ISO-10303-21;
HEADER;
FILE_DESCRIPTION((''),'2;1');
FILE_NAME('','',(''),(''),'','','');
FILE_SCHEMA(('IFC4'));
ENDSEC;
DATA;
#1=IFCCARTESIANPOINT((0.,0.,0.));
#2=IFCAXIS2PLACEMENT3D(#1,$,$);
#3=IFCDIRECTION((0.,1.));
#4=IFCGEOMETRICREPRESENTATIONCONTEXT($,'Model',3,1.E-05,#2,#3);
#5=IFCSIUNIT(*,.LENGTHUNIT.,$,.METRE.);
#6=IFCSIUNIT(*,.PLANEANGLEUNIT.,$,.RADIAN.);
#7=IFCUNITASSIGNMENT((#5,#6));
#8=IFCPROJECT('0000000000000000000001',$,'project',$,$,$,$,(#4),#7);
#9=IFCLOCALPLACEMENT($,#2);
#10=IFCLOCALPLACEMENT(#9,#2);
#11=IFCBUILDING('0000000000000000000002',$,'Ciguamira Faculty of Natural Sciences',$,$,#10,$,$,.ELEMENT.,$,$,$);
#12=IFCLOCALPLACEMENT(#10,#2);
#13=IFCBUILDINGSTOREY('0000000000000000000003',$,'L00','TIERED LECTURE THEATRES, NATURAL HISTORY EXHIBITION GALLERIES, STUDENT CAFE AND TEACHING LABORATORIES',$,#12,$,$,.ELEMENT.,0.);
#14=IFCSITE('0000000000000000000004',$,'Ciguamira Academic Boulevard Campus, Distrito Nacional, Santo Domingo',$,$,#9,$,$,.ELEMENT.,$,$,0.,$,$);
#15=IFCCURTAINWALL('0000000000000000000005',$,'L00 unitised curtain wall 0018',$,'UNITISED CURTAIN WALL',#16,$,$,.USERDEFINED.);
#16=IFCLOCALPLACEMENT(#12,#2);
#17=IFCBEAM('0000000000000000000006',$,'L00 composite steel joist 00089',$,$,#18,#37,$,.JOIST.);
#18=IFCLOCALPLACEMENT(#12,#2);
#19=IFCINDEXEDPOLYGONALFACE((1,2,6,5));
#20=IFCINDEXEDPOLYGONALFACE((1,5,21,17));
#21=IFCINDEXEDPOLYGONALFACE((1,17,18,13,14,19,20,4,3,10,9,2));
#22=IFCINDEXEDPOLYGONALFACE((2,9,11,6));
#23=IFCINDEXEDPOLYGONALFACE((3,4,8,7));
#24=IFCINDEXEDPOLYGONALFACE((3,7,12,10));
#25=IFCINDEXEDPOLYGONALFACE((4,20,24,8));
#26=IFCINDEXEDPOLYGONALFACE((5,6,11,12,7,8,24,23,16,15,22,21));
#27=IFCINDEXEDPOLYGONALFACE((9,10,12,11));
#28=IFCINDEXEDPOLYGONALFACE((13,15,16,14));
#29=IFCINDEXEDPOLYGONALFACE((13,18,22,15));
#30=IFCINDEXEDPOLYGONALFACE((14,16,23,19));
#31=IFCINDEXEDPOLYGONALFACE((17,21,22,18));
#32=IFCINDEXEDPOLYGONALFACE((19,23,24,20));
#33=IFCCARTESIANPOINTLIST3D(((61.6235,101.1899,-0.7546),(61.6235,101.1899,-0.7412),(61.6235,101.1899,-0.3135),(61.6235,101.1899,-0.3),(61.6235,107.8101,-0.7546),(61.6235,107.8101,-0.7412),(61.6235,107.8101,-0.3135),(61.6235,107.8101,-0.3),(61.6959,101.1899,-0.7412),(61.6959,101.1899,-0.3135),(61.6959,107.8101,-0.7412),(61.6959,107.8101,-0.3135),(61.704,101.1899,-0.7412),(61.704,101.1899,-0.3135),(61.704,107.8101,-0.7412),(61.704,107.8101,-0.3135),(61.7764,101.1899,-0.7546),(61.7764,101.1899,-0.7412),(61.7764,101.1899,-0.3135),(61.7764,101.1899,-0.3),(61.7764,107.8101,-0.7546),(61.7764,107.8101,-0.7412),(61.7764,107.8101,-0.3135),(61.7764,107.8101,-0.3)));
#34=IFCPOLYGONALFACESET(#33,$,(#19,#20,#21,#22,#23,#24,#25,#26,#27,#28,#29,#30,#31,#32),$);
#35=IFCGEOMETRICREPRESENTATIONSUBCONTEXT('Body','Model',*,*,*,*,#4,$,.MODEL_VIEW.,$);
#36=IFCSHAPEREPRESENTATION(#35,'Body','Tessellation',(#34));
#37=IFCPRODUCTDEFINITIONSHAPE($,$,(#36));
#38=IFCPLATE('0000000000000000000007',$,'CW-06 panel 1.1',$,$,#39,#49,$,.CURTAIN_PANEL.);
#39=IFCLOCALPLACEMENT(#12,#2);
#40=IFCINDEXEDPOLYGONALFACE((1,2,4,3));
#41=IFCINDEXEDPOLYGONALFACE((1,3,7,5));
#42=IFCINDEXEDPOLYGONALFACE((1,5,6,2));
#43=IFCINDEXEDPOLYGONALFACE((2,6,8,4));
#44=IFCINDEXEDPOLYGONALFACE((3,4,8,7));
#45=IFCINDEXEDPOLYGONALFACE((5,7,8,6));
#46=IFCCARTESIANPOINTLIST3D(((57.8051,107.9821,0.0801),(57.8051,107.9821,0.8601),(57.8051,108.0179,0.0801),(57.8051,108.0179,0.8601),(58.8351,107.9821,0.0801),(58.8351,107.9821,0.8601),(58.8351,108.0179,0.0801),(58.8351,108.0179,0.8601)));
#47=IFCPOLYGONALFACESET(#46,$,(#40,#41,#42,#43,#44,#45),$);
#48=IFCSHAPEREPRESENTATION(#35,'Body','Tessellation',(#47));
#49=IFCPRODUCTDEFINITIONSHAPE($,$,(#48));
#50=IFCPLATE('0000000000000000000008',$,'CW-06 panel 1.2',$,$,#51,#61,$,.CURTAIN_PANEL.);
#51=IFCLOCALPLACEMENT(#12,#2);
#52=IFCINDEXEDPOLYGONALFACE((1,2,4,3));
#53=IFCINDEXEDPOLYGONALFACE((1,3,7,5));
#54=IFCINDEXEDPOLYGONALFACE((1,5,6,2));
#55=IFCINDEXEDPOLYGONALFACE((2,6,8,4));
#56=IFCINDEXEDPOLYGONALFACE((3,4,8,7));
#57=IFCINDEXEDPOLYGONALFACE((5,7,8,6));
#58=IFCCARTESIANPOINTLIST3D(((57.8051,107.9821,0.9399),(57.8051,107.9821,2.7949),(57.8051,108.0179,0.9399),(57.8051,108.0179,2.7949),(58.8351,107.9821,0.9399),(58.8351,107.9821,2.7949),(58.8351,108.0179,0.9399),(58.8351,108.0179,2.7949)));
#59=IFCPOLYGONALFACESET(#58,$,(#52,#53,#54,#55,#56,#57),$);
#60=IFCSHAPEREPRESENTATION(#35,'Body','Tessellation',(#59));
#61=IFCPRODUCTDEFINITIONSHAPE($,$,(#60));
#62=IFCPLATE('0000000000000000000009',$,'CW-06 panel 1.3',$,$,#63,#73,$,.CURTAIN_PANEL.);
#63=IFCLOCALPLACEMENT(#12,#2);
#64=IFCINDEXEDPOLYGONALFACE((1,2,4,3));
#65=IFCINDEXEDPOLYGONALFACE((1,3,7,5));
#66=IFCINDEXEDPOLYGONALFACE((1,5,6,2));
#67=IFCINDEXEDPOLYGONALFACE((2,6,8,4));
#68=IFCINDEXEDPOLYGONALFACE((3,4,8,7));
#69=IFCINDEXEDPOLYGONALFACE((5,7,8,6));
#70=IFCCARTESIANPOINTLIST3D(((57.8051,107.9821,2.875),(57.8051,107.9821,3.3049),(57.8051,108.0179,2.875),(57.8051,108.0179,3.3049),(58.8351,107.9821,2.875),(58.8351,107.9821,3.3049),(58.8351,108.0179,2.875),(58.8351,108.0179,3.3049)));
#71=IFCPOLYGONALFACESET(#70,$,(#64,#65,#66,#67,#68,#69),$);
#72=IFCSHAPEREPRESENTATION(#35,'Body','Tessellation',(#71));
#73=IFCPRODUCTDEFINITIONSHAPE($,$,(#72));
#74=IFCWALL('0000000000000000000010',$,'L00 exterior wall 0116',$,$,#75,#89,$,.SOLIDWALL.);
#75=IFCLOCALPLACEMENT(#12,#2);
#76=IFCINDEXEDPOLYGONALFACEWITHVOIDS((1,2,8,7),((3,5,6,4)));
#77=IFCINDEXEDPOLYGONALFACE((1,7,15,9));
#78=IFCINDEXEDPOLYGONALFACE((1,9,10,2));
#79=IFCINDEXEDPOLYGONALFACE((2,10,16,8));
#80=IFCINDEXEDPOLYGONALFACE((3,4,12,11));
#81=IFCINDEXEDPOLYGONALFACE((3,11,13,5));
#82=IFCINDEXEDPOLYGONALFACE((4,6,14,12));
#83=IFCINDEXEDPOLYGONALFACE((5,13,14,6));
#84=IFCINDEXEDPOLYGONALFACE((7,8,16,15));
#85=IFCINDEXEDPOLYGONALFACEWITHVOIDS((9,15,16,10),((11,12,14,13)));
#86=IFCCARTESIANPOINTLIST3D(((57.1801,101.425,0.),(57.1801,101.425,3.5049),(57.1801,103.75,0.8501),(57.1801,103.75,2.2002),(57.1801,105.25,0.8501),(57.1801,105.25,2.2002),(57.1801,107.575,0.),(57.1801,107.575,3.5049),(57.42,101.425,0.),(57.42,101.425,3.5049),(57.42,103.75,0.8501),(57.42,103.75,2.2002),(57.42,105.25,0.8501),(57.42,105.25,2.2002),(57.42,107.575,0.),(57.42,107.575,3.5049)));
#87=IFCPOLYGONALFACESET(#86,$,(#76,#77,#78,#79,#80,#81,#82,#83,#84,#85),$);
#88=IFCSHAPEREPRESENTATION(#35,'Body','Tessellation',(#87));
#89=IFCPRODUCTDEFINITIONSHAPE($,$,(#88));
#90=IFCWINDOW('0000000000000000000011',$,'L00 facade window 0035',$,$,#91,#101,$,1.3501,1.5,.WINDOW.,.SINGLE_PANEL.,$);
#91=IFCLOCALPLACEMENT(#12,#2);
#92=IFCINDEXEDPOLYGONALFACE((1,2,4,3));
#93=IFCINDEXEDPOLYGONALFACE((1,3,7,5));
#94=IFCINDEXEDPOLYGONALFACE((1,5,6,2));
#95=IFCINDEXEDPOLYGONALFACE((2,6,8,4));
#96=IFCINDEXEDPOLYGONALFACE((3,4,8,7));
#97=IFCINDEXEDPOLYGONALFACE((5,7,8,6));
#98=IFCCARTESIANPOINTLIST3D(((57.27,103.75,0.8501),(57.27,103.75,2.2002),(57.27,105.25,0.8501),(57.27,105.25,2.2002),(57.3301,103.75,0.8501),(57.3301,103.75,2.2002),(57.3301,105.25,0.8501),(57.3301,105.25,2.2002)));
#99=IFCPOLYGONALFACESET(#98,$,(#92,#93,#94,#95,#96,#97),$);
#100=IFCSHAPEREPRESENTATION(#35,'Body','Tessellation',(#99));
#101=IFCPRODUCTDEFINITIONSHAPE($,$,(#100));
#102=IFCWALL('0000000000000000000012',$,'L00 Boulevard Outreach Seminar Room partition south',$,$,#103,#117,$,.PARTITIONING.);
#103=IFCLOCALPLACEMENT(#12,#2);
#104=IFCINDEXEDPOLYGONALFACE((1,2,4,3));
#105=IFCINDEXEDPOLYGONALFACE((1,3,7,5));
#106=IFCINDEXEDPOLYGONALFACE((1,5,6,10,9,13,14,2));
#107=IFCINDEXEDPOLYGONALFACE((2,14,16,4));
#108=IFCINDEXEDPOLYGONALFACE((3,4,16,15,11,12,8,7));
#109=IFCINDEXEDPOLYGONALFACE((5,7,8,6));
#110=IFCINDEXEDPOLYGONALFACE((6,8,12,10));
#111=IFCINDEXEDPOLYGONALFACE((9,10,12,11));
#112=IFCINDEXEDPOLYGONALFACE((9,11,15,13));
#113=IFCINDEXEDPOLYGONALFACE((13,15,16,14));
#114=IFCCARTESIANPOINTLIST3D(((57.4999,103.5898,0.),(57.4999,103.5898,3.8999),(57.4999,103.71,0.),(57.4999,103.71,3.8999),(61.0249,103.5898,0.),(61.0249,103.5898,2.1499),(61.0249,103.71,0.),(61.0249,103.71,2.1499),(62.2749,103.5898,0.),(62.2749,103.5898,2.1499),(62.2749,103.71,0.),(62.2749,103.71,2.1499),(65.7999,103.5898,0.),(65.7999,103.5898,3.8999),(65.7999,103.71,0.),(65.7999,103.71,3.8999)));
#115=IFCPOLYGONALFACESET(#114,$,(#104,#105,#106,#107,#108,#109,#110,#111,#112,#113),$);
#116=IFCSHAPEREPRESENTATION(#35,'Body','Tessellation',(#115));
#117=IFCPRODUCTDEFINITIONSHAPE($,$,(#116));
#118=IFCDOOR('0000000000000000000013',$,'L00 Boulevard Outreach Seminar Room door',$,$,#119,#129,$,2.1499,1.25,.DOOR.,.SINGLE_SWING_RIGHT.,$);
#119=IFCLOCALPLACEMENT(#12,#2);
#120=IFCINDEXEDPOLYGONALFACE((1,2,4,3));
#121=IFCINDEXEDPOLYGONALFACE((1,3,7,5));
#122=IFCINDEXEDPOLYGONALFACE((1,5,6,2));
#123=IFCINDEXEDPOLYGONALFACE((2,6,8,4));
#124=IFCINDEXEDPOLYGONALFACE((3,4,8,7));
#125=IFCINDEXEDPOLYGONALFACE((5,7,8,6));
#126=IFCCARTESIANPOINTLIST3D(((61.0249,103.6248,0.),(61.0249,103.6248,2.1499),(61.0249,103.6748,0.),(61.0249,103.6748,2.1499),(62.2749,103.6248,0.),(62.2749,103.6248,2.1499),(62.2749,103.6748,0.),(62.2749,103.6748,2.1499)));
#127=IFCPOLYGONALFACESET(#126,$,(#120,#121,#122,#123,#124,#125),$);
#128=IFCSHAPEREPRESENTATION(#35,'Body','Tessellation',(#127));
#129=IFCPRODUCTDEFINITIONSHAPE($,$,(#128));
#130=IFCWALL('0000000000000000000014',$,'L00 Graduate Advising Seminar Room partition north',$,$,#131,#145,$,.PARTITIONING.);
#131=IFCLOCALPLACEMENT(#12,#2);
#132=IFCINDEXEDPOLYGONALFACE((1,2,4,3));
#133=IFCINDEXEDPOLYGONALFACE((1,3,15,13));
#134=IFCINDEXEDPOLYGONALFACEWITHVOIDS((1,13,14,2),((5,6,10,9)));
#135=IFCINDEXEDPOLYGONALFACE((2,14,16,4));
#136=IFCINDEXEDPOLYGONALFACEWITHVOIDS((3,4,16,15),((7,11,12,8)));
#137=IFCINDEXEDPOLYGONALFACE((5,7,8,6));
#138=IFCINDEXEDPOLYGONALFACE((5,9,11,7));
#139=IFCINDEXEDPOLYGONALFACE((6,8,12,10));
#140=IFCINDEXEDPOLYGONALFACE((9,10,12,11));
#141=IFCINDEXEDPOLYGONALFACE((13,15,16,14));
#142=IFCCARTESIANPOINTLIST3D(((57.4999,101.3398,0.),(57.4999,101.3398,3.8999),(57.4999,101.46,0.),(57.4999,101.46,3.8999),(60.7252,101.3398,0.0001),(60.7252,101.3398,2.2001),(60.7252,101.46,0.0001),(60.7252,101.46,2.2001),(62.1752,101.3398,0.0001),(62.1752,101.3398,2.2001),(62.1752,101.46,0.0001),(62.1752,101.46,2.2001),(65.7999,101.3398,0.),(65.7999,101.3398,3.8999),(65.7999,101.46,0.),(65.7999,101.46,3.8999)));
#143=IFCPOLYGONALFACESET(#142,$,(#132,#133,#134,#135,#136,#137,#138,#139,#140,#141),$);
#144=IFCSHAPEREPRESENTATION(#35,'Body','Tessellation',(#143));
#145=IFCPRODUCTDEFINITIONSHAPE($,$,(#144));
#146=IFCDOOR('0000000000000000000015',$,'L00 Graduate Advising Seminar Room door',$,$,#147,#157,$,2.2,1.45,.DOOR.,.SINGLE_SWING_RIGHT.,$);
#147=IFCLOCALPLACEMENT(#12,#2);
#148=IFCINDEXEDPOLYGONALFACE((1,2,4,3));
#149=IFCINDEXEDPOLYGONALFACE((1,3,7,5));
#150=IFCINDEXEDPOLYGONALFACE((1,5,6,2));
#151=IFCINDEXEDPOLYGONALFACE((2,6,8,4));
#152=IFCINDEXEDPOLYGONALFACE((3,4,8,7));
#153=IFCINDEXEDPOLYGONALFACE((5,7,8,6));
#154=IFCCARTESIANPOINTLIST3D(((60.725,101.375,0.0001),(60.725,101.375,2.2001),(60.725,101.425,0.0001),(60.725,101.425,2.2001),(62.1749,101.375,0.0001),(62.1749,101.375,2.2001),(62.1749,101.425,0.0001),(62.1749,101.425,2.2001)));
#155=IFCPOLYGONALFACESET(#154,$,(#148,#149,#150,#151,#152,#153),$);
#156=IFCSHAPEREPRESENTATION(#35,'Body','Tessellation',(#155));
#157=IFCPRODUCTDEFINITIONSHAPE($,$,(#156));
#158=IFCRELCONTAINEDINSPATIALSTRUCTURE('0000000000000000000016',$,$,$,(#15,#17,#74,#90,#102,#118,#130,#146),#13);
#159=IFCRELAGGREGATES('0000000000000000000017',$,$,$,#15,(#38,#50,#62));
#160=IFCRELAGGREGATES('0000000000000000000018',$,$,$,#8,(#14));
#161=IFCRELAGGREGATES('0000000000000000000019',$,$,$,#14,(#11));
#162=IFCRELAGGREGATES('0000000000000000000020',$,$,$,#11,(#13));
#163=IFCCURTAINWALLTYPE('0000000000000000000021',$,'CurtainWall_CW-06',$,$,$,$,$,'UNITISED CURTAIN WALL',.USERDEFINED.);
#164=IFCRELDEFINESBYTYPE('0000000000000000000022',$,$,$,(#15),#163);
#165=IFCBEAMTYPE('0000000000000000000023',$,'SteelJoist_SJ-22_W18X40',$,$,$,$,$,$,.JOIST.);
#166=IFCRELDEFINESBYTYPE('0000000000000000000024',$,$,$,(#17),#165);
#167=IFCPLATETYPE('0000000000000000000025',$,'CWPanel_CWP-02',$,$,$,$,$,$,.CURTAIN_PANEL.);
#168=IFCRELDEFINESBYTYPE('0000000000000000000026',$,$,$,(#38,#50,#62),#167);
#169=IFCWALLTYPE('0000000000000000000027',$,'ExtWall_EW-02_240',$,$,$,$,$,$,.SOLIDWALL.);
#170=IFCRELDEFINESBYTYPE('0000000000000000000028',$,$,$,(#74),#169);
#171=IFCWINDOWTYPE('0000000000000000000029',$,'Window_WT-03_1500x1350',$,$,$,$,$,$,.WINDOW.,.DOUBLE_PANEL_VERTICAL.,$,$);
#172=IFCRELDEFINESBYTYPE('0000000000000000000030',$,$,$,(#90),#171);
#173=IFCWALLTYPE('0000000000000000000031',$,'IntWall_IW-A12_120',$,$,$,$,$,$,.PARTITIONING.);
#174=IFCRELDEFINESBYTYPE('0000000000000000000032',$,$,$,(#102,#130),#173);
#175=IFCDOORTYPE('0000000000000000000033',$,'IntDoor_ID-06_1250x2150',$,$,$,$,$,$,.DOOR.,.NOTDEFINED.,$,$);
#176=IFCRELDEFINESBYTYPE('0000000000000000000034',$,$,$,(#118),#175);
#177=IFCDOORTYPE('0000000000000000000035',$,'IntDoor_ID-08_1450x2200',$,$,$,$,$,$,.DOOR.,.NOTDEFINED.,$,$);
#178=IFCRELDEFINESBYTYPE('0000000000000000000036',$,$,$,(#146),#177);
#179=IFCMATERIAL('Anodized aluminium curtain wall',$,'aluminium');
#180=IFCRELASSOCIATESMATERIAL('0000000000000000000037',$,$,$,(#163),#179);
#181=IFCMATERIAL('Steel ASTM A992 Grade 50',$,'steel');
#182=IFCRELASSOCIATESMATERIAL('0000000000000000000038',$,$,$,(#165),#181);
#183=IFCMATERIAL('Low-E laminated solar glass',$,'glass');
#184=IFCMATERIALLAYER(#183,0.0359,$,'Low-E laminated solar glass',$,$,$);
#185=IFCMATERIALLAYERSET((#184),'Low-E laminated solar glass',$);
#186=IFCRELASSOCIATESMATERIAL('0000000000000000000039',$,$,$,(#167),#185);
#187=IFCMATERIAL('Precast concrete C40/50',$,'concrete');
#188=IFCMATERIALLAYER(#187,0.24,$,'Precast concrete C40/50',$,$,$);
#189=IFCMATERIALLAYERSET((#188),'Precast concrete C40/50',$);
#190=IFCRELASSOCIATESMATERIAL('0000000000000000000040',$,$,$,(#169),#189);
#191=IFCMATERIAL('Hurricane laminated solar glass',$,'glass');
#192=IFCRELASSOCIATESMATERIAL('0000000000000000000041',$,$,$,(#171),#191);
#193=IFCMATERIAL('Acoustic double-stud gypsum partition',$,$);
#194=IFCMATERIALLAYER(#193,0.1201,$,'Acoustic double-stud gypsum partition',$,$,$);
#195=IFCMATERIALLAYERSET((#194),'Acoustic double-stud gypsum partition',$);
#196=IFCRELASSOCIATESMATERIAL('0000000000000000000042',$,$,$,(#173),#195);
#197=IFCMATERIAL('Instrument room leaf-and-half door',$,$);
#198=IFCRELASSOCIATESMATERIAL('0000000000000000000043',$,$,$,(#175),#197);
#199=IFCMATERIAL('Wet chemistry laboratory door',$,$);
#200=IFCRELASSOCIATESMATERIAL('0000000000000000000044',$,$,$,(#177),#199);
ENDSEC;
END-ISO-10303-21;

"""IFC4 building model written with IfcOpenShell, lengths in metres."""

from ifc_helpers import new_model, si_unit, direction, frame, frame_2d, origin, origin_2d, place, context, subcontext, project, spatial, rectangle, i_section, extrude, material, layer, layer_set, material_profile, profile_set, type_object, element, fill, aggregate, save


model = new_model("IFC4")

# Units and contexts
model_context = context("Model", 3, precision=1e-05, world=origin(), true_north=direction((0.0, 1.0)))
body_context = subcontext(model_context, "Body", "Model", "MODEL_VIEW")
ifc_project = project(units=[si_unit("LENGTHUNIT", "METRE"), si_unit("PLANEANGLEUNIT", "RADIAN")], contexts=[model_context])

# Site, building, storey
site_placement = place(None, origin())
site = spatial("IfcSite", under=ifc_project, at=site_placement, Name="Ciguamira Academic Boulevard Campus, Distrito Nacional, Santo Domingo", CompositionType="ELEMENT", RefElevation=0.0)
building_placement = place(site_placement, origin())
building = spatial("IfcBuilding", under=site, at=building_placement, Name="Ciguamira Faculty of Natural Sciences", CompositionType="ELEMENT")
storey_placement = place(building_placement, origin())
storey = spatial("IfcBuildingStorey", under=building, at=storey_placement, Name="L00", Description="TIERED LECTURE THEATRES, NATURAL HISTORY EXHIBITION GALLERIES, STUDENT CAFE AND TEACHING LABORATORIES", CompositionType="ELEMENT", Elevation=0.0)

# Curtain wall
ifc_material_1 = material(Name="Anodized aluminium curtain wall", Category="aluminium")
curtain_wall_type = type_object("IfcCurtainWallType", Name="CurtainWall_CW-06", ElementType="UNITISED CURTAIN WALL", PredefinedType="USERDEFINED", material=ifc_material_1)
curtain_wall_placement = place(storey_placement, origin())
curtain_wall = element("IfcCurtainWall", 1, at=curtain_wall_placement, inside=storey, type_object=curtain_wall_type, Name="L00 unitised curtain wall 0018", ObjectType="UNITISED CURTAIN WALL", PredefinedType="USERDEFINED")

# Beam
ifc_material_2 = material(Name="Precast concrete C40/50", Category="concrete")
ifc_material_3 = material(Name="Steel ASTM A992 Grade 50", Category="steel")
ifc_material_profile_1 = material_profile(ifc_material_3, i_section(OverallWidth=0.1528, OverallDepth=0.4546, WebThickness=0.0081, FlangeThickness=0.0134, at=origin_2d()), Name="W18X40")
ifc_profile_set_1 = profile_set([ifc_material_profile_1], Name="Steel ASTM A992 Grade 50")
beam_type_1 = type_object("IfcBeamType", Name="SteelJoist_SJ-22_W18X40", PredefinedType="JOIST", material=ifc_profile_set_1)
beam_1_placement = place(storey_placement, frame((61.7, 101.1899, -0.5273), z_axis=(0.0, 1.0, 0.0), x_axis=(-1.0, 0.0, 0.0)))
element("IfcBeam", 2, at=beam_1_placement, inside=storey, type_object=beam_type_1, Name="L00 composite steel joist 00089", PredefinedType="JOIST", context=body_context, shape_type="SweptSolid", body=[
    extrude(i_section(OverallWidth=0.1528, OverallDepth=0.4546, WebThickness=0.0081, FlangeThickness=0.0134, at=origin_2d()), origin(), (0.0, 0.0, 1.0), 6.6201),
])

# Plates
ifc_material_4 = material(Name="Low-E laminated solar glass", Category="glass")
ifc_layer_1 = layer(ifc_material_4, 0.0359, Name="Low-E laminated solar glass")
ifc_layer_set_1 = layer_set([ifc_layer_1], Name="Low-E laminated solar glass")
plate_type = type_object("IfcPlateType", Name="CWPanel_CWP-02", PredefinedType="CURTAIN_PANEL", material=ifc_layer_set_1)
plate_1_placement = place(storey_placement, frame((58.3201, 108.0, 0.0801), z_axis=(0.0, 0.0, 1.0), x_axis=(1.0, 0.0, 0.0)))
plate_1 = element("IfcPlate", 3, at=plate_1_placement, type_object=plate_type, Name="CW-06 panel 1.1", PredefinedType="CURTAIN_PANEL", context=body_context, shape_type="SweptSolid", body=[
    extrude(rectangle(XDim=1.03, YDim=0.0359, at=origin_2d()), origin(), (0.0, 0.0, 1.0), 0.78),
])
plate_2_placement = place(storey_placement, frame((58.3201, 108.0, 0.9399), z_axis=(0.0, 0.0, 1.0), x_axis=(1.0, 0.0, 0.0)))
plate_2 = element("IfcPlate", 4, at=plate_2_placement, type_object=plate_type, Name="CW-06 panel 1.2", PredefinedType="CURTAIN_PANEL", context=body_context, shape_type="SweptSolid", body=[
    extrude(rectangle(XDim=1.03, YDim=0.0359, at=origin_2d()), origin(), (0.0, 0.0, 1.0), 1.855),
])
plate_3_placement = place(storey_placement, frame((58.3201, 108.0, 2.875), z_axis=(0.0, 0.0, 1.0), x_axis=(1.0, 0.0, 0.0)))
plate_3 = element("IfcPlate", 5, at=plate_3_placement, type_object=plate_type, Name="CW-06 panel 1.3", PredefinedType="CURTAIN_PANEL", context=body_context, shape_type="SweptSolid", body=[
    extrude(rectangle(XDim=1.03, YDim=0.0359, at=origin_2d()), origin(), (0.0, 0.0, 1.0), 0.4299),
])
aggregate(curtain_wall, [plate_1, plate_2, plate_3])

# Wall, opening, window
ifc_layer_2 = layer(ifc_material_2, 0.24, Name="Precast concrete C40/50")
ifc_layer_set_2 = layer_set([ifc_layer_2], Name="Precast concrete C40/50")
wall_type_1 = type_object("IfcWallType", Name="ExtWall_EW-02_240", PredefinedType="SOLIDWALL", material=ifc_layer_set_2)
wall_1_placement = place(storey_placement, frame((57.3, 101.425, 0.0), z_axis=(0.0, 0.0, 1.0), x_axis=(0.0, 1.0, 0.0)))
wall_1 = element("IfcWall", 6, at=wall_1_placement, inside=storey, type_object=wall_type_1, Name="L00 exterior wall 0116", PredefinedType="SOLIDWALL", context=body_context, shape_type="SweptSolid", body=[
    extrude(rectangle(XDim=6.1499, YDim=0.24, at=frame_2d((3.075, 0.0))), origin(), (0.0, 0.0, 1.0), 3.5049),
])
opening_1_placement = place(wall_1_placement, frame((2.325, 0.0, 0.8501)))
opening_1 = element("IfcOpeningElement", 7, at=opening_1_placement, cuts=wall_1, PredefinedType="OPENING", context=body_context, shape_type="SweptSolid", body=[
    extrude(rectangle(XDim=1.5, YDim=1.3501, at=frame_2d((0.75, 0.675))), frame((0.0, 0.1299, 0.0), z_axis=(0.0, -1.0, 0.0), x_axis=(1.0, 0.0, 0.0)), (0.0, 0.0, 1.0), 0.26),
])
ifc_material_5 = material(Name="Hurricane laminated solar glass", Category="glass")
window_type = type_object("IfcWindowType", Name="Window_WT-03_1500x1350", PartitioningType="DOUBLE_PANEL_VERTICAL", PredefinedType="WINDOW", material=ifc_material_5)
window_placement = place(opening_1_placement, origin())
window = element("IfcWindow", 8, at=window_placement, inside=storey, type_object=window_type, Name="L00 facade window 0035", OverallHeight=1.3501, OverallWidth=1.5, PartitioningType="SINGLE_PANEL", PredefinedType="WINDOW", context=body_context, shape_type="SweptSolid", body=[
    extrude(rectangle(XDim=1.5, YDim=1.3501, at=frame_2d((0.75, 0.675))), frame((0.0, 0.03, 0.0), z_axis=(0.0, -1.0, 0.0), x_axis=(1.0, 0.0, 0.0)), (0.0, 0.0, 1.0), 0.0601),
])
fill(opening_1, window)

# Walls, openings, doors
ifc_material_6 = material(Name="Acoustic double-stud gypsum partition")
ifc_layer_3 = layer(ifc_material_6, 0.1201, Name="Acoustic double-stud gypsum partition")
ifc_layer_set_3 = layer_set([ifc_layer_3], Name="Acoustic double-stud gypsum partition")
wall_type_2 = type_object("IfcWallType", Name="IntWall_IW-A12_120", PredefinedType="PARTITIONING", material=ifc_layer_set_3)
wall_2_placement = place(storey_placement, frame((57.5, 103.6499, 0.0), z_axis=(0.0, 0.0, 1.0), x_axis=(1.0, 0.0, 0.0)))
wall_2 = element("IfcWall", 9, at=wall_2_placement, inside=storey, type_object=wall_type_2, Name="L00 Boulevard Outreach Seminar Room partition south", PredefinedType="PARTITIONING", context=body_context, shape_type="SweptSolid", body=[
    extrude(rectangle(XDim=8.3, YDim=0.1201, at=frame_2d((4.1499, 0.0))), origin(), (0.0, 0.0, 1.0), 3.8999),
])
opening_2_placement = place(wall_2_placement, frame((3.5249, 0.0, 0.0)))
opening_2 = element("IfcOpeningElement", 10, at=opening_2_placement, cuts=wall_2, PredefinedType="OPENING", context=body_context, shape_type="SweptSolid", body=[
    extrude(rectangle(XDim=1.25, YDim=2.1499, at=frame_2d((0.625, 1.075))), frame((0.0, 0.0701, 0.0), z_axis=(0.0, -1.0, 0.0), x_axis=(1.0, 0.0, 0.0)), (0.0, 0.0, 1.0), 0.1401),
])
ifc_material_7 = material(Name="Instrument room leaf-and-half door")
door_type_1 = type_object("IfcDoorType", Name="IntDoor_ID-06_1250x2150", OperationType="NOTDEFINED", PredefinedType="DOOR", material=ifc_material_7)
door_1_placement = place(opening_2_placement, origin())
door_1 = element("IfcDoor", 11, at=door_1_placement, inside=storey, type_object=door_type_1, Name="L00 Boulevard Outreach Seminar Room door", OperationType="SINGLE_SWING_RIGHT", OverallHeight=2.1499, OverallWidth=1.25, PredefinedType="DOOR", context=body_context, shape_type="SweptSolid", body=[
    extrude(rectangle(XDim=1.25, YDim=2.1499, at=frame_2d((0.625, 1.075))), frame((0.0, 0.0249, 0.0), z_axis=(0.0, -1.0, 0.0), x_axis=(1.0, 0.0, 0.0)), (0.0, 0.0, 1.0), 0.05),
])
fill(opening_2, door_1)
wall_3_placement = place(storey_placement, frame((57.5, 101.3999, 0.0), z_axis=(0.0, 0.0, 1.0), x_axis=(1.0, 0.0, 0.0)))
wall_3 = element("IfcWall", 12, at=wall_3_placement, inside=storey, type_object=wall_type_2, Name="L00 Graduate Advising Seminar Room partition north", PredefinedType="PARTITIONING", context=body_context, shape_type="SweptSolid", body=[
    extrude(rectangle(XDim=8.3, YDim=0.1201, at=frame_2d((4.1499, 0.0))), origin(), (0.0, 0.0, 1.0), 3.8999),
])
opening_3_placement = place(wall_3_placement, frame((3.2251, 0.0, 0.0)))
opening_3 = element("IfcOpeningElement", 13, at=opening_3_placement, cuts=wall_3, PredefinedType="OPENING", context=body_context, shape_type="SweptSolid", body=[
    extrude(rectangle(XDim=1.45, YDim=2.2, at=frame_2d((0.7251, 1.1001))), frame((0.0, 0.0701, 0.0), z_axis=(0.0, -1.0, 0.0), x_axis=(1.0, 0.0, 0.0)), (0.0, 0.0, 1.0), 0.1401),
])
ifc_material_8 = material(Name="Wet chemistry laboratory door")
door_type_2 = type_object("IfcDoorType", Name="IntDoor_ID-08_1450x2200", OperationType="NOTDEFINED", PredefinedType="DOOR", material=ifc_material_8)
door_2_placement = place(opening_3_placement, frame((1.45, 0.0, 0.0), z_axis=(0.0, 0.0, 1.0), x_axis=(-1.0, 0.0, 0.0)))
door_2 = element("IfcDoor", 14, at=door_2_placement, inside=storey, type_object=door_type_2, Name="L00 Graduate Advising Seminar Room door", OperationType="SINGLE_SWING_RIGHT", OverallHeight=2.2, OverallWidth=1.45, PredefinedType="DOOR", context=body_context, shape_type="SweptSolid", body=[
    extrude(rectangle(XDim=1.45, YDim=2.2, at=frame_2d((0.7251, 1.1001))), frame((0.0, 0.0249, 0.0), z_axis=(0.0, -1.0, 0.0), x_axis=(1.0, 0.0, 0.0)), (0.0, 0.0, 1.0), 0.05),
])
fill(opening_3, door_2)

save(model, "model.ifc")
